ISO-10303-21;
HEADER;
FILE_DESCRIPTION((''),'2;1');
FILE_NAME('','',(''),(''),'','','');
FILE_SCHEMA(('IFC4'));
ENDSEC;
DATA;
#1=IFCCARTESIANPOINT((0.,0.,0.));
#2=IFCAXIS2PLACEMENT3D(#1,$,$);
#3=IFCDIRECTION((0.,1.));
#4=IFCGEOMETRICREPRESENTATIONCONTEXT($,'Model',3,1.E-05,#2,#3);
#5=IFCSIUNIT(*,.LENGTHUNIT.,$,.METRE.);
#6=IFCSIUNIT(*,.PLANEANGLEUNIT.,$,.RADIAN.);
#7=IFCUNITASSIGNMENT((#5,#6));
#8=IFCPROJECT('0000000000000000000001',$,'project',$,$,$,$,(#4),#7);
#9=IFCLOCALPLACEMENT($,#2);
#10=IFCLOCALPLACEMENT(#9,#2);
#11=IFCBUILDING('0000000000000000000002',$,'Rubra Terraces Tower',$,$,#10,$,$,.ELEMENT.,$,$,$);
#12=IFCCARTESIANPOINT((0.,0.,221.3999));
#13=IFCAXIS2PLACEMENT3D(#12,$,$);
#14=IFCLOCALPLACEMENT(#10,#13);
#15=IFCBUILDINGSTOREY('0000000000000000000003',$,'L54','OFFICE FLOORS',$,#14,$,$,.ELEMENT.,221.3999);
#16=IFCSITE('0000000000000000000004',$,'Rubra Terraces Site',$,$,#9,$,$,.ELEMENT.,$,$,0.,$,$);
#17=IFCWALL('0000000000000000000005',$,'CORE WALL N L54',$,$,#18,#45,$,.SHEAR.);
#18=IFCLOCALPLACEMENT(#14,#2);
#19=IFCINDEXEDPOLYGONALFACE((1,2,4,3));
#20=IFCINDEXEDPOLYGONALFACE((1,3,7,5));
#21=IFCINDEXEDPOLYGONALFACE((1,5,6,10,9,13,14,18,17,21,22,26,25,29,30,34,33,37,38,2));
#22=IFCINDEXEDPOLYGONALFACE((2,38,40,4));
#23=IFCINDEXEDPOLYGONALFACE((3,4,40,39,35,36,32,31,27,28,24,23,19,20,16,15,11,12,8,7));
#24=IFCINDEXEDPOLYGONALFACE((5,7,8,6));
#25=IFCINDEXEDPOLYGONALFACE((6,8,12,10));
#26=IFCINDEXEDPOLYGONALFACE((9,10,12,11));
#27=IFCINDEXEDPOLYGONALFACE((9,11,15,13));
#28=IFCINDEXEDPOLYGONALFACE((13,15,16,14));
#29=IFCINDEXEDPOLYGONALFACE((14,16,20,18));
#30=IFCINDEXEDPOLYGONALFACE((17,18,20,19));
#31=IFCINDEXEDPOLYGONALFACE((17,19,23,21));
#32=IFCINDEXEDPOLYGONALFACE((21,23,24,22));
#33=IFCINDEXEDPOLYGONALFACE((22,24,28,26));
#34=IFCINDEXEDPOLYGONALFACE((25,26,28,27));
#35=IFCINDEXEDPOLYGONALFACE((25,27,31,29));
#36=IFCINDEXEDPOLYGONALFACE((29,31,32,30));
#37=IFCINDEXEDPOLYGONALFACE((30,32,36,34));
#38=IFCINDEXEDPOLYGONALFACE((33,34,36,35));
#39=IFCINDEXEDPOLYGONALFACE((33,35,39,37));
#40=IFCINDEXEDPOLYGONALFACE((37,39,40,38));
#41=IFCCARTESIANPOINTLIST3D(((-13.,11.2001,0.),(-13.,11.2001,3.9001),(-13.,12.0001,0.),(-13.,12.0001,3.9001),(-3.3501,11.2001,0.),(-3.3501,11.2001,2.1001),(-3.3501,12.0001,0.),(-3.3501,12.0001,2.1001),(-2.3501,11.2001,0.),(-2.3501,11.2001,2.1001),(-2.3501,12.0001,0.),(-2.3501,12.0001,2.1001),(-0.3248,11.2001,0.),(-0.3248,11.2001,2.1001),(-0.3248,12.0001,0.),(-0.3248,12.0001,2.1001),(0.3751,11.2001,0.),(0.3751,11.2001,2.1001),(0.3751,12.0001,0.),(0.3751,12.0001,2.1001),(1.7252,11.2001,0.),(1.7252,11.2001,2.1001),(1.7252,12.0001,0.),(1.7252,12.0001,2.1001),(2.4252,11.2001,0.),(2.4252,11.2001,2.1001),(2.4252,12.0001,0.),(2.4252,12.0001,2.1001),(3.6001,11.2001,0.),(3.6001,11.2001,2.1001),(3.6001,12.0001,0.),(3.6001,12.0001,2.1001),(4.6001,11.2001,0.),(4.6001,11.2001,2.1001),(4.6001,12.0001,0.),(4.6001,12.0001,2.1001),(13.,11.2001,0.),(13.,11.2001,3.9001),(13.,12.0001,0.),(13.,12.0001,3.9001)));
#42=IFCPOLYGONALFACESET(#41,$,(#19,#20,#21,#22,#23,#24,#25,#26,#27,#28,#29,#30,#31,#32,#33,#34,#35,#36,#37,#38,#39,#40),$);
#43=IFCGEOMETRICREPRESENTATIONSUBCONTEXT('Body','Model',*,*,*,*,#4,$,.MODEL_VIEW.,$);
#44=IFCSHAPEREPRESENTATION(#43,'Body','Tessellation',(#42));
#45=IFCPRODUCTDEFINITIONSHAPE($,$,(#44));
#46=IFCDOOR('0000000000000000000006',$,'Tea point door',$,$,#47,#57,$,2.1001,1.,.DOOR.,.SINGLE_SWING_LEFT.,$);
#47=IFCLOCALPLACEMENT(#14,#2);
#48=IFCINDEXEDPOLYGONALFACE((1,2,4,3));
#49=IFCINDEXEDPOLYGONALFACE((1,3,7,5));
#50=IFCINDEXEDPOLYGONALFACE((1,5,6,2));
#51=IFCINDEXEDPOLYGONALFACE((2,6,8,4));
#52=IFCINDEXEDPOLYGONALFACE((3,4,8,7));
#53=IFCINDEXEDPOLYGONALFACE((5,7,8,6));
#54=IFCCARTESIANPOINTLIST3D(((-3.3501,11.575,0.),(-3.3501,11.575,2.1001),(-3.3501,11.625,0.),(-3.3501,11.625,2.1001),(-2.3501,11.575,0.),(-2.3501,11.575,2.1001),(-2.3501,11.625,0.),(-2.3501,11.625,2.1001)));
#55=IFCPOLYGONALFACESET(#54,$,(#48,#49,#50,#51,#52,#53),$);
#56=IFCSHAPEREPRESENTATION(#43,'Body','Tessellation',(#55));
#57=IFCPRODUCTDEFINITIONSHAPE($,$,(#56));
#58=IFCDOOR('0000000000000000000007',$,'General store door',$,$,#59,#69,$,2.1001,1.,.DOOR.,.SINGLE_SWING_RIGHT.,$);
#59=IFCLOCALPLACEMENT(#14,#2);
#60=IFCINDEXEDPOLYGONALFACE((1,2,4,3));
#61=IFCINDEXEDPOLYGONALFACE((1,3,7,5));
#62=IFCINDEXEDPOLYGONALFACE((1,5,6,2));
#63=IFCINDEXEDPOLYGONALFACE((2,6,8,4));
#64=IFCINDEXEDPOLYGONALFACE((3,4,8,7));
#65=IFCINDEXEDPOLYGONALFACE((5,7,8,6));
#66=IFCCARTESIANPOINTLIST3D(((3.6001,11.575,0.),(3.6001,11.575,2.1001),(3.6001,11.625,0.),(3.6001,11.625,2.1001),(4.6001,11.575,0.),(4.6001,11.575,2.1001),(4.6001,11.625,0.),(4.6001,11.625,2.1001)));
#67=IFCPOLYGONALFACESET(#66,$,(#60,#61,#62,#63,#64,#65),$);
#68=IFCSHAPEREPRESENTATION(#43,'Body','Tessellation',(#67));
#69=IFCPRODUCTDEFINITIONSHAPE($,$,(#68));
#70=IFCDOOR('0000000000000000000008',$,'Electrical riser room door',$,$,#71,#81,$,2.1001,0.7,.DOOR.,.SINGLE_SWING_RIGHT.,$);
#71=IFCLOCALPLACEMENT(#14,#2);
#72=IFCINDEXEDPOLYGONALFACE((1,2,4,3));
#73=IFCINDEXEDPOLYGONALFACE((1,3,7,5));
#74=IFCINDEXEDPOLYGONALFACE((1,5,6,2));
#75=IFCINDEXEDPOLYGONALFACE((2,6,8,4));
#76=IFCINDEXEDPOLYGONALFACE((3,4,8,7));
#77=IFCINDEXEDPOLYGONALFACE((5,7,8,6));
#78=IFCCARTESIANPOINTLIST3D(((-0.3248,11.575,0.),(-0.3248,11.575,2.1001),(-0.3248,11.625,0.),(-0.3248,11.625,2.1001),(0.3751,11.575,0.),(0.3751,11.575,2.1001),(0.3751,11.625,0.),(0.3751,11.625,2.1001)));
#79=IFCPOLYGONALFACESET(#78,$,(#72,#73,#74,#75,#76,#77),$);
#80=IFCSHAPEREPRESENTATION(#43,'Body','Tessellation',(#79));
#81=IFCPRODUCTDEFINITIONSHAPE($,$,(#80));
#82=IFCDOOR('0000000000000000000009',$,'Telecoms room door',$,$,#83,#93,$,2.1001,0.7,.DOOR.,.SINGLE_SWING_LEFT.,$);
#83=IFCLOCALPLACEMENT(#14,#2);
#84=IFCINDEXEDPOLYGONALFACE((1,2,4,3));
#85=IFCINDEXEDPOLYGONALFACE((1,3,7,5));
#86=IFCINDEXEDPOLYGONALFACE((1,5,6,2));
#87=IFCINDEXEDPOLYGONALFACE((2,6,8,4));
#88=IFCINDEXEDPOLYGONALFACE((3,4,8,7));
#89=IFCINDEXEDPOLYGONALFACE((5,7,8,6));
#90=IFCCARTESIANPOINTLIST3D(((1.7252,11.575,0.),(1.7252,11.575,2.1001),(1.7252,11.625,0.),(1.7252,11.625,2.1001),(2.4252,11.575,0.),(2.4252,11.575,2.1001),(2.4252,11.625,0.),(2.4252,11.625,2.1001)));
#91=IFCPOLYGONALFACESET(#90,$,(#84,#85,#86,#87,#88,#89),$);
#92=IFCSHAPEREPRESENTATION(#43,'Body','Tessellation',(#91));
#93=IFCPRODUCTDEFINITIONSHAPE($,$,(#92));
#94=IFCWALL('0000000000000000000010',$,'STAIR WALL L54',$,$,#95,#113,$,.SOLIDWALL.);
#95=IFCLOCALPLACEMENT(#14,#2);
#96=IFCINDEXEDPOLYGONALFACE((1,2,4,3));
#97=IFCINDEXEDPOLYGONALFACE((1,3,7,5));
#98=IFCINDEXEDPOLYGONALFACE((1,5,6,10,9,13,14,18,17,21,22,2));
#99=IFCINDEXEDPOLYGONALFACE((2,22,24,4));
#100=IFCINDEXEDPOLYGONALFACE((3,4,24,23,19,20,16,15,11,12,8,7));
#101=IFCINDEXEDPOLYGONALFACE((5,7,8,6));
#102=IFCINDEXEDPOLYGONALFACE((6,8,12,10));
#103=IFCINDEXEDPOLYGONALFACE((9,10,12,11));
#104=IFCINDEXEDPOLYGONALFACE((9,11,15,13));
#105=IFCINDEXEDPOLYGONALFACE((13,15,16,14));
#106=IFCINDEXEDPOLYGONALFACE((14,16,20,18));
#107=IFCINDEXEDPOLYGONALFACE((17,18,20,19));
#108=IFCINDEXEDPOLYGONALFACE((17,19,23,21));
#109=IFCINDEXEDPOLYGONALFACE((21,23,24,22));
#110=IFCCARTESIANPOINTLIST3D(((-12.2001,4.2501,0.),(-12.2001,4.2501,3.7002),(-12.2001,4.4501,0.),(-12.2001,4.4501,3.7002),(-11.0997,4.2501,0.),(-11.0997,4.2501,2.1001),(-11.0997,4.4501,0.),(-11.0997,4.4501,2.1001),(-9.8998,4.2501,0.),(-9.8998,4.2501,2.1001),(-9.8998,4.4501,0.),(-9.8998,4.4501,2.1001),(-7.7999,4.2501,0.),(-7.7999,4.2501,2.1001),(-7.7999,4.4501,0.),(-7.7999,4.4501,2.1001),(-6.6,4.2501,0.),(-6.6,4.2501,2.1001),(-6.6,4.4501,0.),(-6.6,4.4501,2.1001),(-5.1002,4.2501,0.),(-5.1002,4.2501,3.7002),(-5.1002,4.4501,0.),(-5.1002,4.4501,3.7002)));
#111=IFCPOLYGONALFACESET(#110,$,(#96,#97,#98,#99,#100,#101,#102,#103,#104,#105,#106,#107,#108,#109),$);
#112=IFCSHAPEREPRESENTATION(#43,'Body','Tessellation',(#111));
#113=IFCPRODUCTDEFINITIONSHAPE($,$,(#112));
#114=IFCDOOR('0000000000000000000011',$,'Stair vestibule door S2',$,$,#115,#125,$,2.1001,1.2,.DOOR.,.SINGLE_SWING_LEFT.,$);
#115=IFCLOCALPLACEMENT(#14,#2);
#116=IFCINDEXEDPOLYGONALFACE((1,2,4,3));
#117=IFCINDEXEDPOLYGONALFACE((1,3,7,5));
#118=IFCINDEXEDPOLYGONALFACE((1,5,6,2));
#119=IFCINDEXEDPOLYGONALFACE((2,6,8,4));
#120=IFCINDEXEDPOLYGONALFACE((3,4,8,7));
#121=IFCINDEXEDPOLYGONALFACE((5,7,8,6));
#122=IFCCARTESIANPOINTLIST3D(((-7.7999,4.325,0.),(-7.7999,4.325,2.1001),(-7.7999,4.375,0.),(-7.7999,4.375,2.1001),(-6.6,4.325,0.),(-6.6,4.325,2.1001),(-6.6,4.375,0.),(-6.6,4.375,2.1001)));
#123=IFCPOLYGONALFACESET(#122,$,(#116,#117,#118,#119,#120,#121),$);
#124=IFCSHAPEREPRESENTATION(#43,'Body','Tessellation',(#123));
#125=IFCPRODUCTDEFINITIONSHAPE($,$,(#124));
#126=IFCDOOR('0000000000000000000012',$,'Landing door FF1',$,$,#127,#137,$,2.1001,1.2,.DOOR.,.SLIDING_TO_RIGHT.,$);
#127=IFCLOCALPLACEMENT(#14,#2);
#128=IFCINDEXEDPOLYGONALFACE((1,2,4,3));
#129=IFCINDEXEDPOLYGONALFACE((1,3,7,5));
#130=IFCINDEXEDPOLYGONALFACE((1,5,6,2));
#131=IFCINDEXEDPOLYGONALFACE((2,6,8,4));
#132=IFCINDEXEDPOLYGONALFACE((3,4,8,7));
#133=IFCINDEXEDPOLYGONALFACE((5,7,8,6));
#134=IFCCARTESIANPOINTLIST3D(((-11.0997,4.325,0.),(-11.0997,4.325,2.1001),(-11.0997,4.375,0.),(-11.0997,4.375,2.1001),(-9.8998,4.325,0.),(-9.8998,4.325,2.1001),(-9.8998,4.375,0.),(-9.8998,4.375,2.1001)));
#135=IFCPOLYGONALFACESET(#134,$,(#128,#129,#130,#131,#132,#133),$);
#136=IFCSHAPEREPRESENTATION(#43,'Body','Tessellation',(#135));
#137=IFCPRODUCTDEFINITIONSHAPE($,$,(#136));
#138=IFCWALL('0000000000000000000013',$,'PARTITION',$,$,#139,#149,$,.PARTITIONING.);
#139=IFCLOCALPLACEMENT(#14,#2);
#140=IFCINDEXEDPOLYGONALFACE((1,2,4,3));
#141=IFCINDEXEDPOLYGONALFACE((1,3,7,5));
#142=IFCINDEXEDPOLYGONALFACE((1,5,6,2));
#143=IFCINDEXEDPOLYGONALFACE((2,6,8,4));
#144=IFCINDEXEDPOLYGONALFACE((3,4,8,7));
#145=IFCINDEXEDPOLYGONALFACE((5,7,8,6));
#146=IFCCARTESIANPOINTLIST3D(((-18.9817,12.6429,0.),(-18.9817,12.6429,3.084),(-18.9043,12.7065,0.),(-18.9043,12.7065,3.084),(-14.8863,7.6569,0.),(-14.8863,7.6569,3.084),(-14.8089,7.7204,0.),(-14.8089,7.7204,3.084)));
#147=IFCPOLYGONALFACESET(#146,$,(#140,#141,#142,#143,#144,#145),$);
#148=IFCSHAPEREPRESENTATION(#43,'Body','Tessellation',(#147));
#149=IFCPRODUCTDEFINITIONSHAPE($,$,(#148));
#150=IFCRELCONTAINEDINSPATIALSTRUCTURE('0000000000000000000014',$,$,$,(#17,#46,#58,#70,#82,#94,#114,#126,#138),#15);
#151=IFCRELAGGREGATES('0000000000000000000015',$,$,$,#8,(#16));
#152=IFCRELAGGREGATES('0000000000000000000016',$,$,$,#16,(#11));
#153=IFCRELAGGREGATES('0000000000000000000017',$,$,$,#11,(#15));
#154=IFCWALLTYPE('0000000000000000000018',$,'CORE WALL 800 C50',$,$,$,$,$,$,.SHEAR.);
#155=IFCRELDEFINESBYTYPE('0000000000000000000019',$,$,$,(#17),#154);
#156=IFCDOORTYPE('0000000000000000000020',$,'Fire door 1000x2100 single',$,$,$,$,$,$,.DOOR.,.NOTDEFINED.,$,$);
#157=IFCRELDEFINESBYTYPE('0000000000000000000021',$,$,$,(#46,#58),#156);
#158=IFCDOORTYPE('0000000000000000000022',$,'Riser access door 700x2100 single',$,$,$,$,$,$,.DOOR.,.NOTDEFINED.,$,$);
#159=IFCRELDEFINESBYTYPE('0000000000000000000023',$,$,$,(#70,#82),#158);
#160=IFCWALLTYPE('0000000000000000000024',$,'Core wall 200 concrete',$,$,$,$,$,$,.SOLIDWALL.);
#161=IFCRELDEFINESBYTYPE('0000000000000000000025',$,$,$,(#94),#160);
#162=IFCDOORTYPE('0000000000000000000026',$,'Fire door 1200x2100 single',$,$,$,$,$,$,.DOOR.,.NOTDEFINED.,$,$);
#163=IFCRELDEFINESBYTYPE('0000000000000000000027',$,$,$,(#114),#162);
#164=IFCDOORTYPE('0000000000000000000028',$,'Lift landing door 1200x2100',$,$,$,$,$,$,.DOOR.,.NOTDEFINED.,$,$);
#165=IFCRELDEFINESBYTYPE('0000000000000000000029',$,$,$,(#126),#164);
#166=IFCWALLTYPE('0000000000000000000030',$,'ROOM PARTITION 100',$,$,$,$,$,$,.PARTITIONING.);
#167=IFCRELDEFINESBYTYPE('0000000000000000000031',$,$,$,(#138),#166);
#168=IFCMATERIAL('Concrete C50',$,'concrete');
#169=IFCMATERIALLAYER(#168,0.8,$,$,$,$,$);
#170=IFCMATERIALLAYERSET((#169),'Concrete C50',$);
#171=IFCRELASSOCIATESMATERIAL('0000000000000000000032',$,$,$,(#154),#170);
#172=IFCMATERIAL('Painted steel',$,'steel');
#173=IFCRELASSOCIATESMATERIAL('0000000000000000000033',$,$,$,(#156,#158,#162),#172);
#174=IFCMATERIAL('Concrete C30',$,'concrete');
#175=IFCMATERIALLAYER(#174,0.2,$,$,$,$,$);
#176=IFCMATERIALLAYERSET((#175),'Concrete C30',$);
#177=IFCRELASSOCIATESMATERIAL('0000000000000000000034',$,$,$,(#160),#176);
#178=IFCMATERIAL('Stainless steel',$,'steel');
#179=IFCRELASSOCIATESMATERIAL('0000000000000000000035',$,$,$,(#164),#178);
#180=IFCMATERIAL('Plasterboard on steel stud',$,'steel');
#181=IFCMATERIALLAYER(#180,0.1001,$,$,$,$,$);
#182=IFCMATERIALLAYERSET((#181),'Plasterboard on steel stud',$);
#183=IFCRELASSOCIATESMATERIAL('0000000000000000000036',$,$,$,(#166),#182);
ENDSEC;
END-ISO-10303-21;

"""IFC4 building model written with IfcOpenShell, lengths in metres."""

from ifc_helpers import new_model, si_unit, direction, frame, frame_2d, origin, place, context, subcontext, project, spatial, rectangle, extrude, material, layer, layer_set, type_object, element, fill, save


model = new_model("IFC4")

# Units and contexts
model_context = context("Model", 3, precision=1e-05, world=origin(), true_north=direction((0.0, 1.0)))
body_context = subcontext(model_context, "Body", "Model", "MODEL_VIEW")
ifc_project = project(units=[si_unit("LENGTHUNIT", "METRE"), si_unit("PLANEANGLEUNIT", "RADIAN")], contexts=[model_context])

# Site, building, storey
site_placement = place(None, origin())
site = spatial("IfcSite", under=ifc_project, at=site_placement, Name="Rubra Terraces Site", CompositionType="ELEMENT", RefElevation=0.0)
building_placement = place(site_placement, origin())
building = spatial("IfcBuilding", under=site, at=building_placement, Name="Rubra Terraces Tower", CompositionType="ELEMENT")
storey_placement = place(building_placement, frame((0.0, 0.0, 221.3999)))
storey = spatial("IfcBuildingStorey", under=building, at=storey_placement, Name="L54", Description="OFFICE FLOORS", CompositionType="ELEMENT", Elevation=221.3999)

# Shared definitions
ifc_material_1 = material(Name="Concrete C50", Category="concrete")

# Walls, openings, doors
ifc_layer_1 = layer(ifc_material_1, 0.8)
ifc_layer_set_1 = layer_set([ifc_layer_1], Name="Concrete C50")
wall_type_1 = type_object("IfcWallType", Name="CORE WALL 800 C50", PredefinedType="SHEAR", material=ifc_layer_set_1)
wall_1_placement = place(storey_placement, frame((-13.0, 11.6001, 0.0), z_axis=(0.0, 0.0, 1.0), x_axis=(1.0, 0.0, 0.0)))
wall_1 = element("IfcWall", 1, at=wall_1_placement, inside=storey, type_object=wall_type_1, Name="CORE WALL N L54", PredefinedType="SHEAR", context=body_context, shape_type="SweptSolid", body=[
    extrude(rectangle(XDim=26.0, YDim=0.8, at=frame_2d((13.0, 0.0))), origin(), (0.0, 0.0, 1.0), 3.9001),
])
opening_1_placement = place(wall_1_placement, frame((9.6499, 0.0, 0.0)))
opening_1 = element("IfcOpeningElement", 2, at=opening_1_placement, cuts=wall_1, PredefinedType="OPENING", context=body_context, shape_type="SweptSolid", body=[
    extrude(rectangle(XDim=1.0, YDim=2.1001, at=frame_2d((0.5, 1.05))), frame((0.0, 0.4099, 0.0), z_axis=(0.0, -1.0, 0.0), x_axis=(1.0, 0.0, 0.0)), (0.0, 0.0, 1.0), 0.8201),
])
opening_2_placement = place(wall_1_placement, frame((12.675, 0.0, 0.0)))
opening_2 = element("IfcOpeningElement", 3, at=opening_2_placement, cuts=wall_1, PredefinedType="OPENING", context=body_context, shape_type="SweptSolid", body=[
    extrude(rectangle(XDim=0.7, YDim=2.1001, at=frame_2d((0.3501, 1.05))), frame((0.0, 0.4099, 0.0), z_axis=(0.0, -1.0, 0.0), x_axis=(1.0, 0.0, 0.0)), (0.0, 0.0, 1.0), 0.8201),
])
opening_3_placement = place(wall_1_placement, frame((14.7251, 0.0, 0.0)))
opening_3 = element("IfcOpeningElement", 4, at=opening_3_placement, cuts=wall_1, PredefinedType="OPENING", context=body_context, shape_type="SweptSolid", body=[
    extrude(rectangle(XDim=0.7, YDim=2.1001, at=frame_2d((0.3501, 1.05))), frame((0.0, 0.4099, 0.0), z_axis=(0.0, -1.0, 0.0), x_axis=(1.0, 0.0, 0.0)), (0.0, 0.0, 1.0), 0.8201),
])
opening_4_placement = place(wall_1_placement, frame((16.6001, 0.0, 0.0)))
opening_4 = element("IfcOpeningElement", 5, at=opening_4_placement, cuts=wall_1, PredefinedType="OPENING", context=body_context, shape_type="SweptSolid", body=[
    extrude(rectangle(XDim=1.0, YDim=2.1001, at=frame_2d((0.5, 1.05))), frame((0.0, 0.4099, 0.0), z_axis=(0.0, -1.0, 0.0), x_axis=(1.0, 0.0, 0.0)), (0.0, 0.0, 1.0), 0.8201),
])
ifc_material_2 = material(Name="Painted steel", Category="steel")
door_type_1 = type_object("IfcDoorType", Name="Fire door 1000x2100 single", OperationType="NOTDEFINED", PredefinedType="DOOR", material=ifc_material_2)
door_1_placement = place(opening_1_placement, origin())
door_1 = element("IfcDoor", 6, at=door_1_placement, inside=storey, type_object=door_type_1, Name="Tea point door", OperationType="SINGLE_SWING_LEFT", OverallHeight=2.1001, OverallWidth=1.0, PredefinedType="DOOR", context=body_context, shape_type="SweptSolid", body=[
    extrude(rectangle(XDim=1.0, YDim=2.1001, at=frame_2d((0.5, 1.05))), frame((0.0, 0.0249, 0.0), z_axis=(0.0, -1.0, 0.0), x_axis=(1.0, 0.0, 0.0)), (0.0, 0.0, 1.0), 0.05),
])
fill(opening_1, door_1)
door_2_placement = place(opening_4_placement, origin())
door_2 = element("IfcDoor", 7, at=door_2_placement, inside=storey, type_object=door_type_1, Name="General store door", OperationType="SINGLE_SWING_RIGHT", OverallHeight=2.1001, OverallWidth=1.0, PredefinedType="DOOR", context=body_context, shape_type="SweptSolid", body=[
    extrude(rectangle(XDim=1.0, YDim=2.1001, at=frame_2d((0.5, 1.05))), frame((0.0, 0.0249, 0.0), z_axis=(0.0, -1.0, 0.0), x_axis=(1.0, 0.0, 0.0)), (0.0, 0.0, 1.0), 0.05),
])
fill(opening_4, door_2)
door_type_2 = type_object("IfcDoorType", Name="Riser access door 700x2100 single", OperationType="NOTDEFINED", PredefinedType="DOOR", material=ifc_material_2)
door_3_placement = place(opening_2_placement, origin())
door_3 = element("IfcDoor", 8, at=door_3_placement, inside=storey, type_object=door_type_2, Name="Electrical riser room door", OperationType="SINGLE_SWING_RIGHT", OverallHeight=2.1001, OverallWidth=0.7, PredefinedType="DOOR", context=body_context, shape_type="SweptSolid", body=[
    extrude(rectangle(XDim=0.7, YDim=2.1001, at=frame_2d((0.3501, 1.05))), frame((0.0, 0.0249, 0.0), z_axis=(0.0, -1.0, 0.0), x_axis=(1.0, 0.0, 0.0)), (0.0, 0.0, 1.0), 0.05),
])
fill(opening_2, door_3)
door_4_placement = place(opening_3_placement, origin())
door_4 = element("IfcDoor", 9, at=door_4_placement, inside=storey, type_object=door_type_2, Name="Telecoms room door", OperationType="SINGLE_SWING_LEFT", OverallHeight=2.1001, OverallWidth=0.7, PredefinedType="DOOR", context=body_context, shape_type="SweptSolid", body=[
    extrude(rectangle(XDim=0.7, YDim=2.1001, at=frame_2d((0.3501, 1.05))), frame((0.0, 0.0249, 0.0), z_axis=(0.0, -1.0, 0.0), x_axis=(1.0, 0.0, 0.0)), (0.0, 0.0, 1.0), 0.05),
])
fill(opening_3, door_4)
ifc_material_3 = material(Name="Concrete C30", Category="concrete")
ifc_layer_2 = layer(ifc_material_3, 0.2)
ifc_layer_set_2 = layer_set([ifc_layer_2], Name="Concrete C30")
wall_type_2 = type_object("IfcWallType", Name="Core wall 200 concrete", PredefinedType="SOLIDWALL", material=ifc_layer_set_2)
wall_2_placement = place(storey_placement, frame((-12.2, 4.3501, 0.0), z_axis=(0.0, 0.0, 1.0), x_axis=(1.0, 0.0, 0.0)))
wall_2 = element("IfcWall", 10, at=wall_2_placement, inside=storey, type_object=wall_type_2, Name="STAIR WALL L54", PredefinedType="SOLIDWALL", context=body_context, shape_type="SweptSolid", body=[
    extrude(rectangle(XDim=7.0999, YDim=0.2, at=frame_2d((3.5498, 0.0))), origin(), (0.0, 0.0, 1.0), 3.7002),
])
opening_5_placement = place(wall_2_placement, frame((4.3999, 0.0, 0.0)))
opening_5 = element("IfcOpeningElement", 11, at=opening_5_placement, cuts=wall_2, PredefinedType="OPENING", context=body_context, shape_type="SweptSolid", body=[
    extrude(rectangle(XDim=1.2, YDim=2.1001, at=frame_2d((0.6001, 1.05))), frame((0.0, 0.1099, 0.0), z_axis=(0.0, -1.0, 0.0), x_axis=(1.0, 0.0, 0.0)), (0.0, 0.0, 1.0), 0.22),
])
opening_6_placement = place(wall_2_placement, frame((1.1001, 0.0, 0.0)))
opening_6 = element("IfcOpeningElement", 12, at=opening_6_placement, cuts=wall_2, PredefinedType="OPENING", context=body_context, shape_type="SweptSolid", body=[
    extrude(rectangle(XDim=1.2, YDim=2.1001, at=frame_2d((0.6001, 1.05))), frame((0.0, 0.1099, 0.0), z_axis=(0.0, -1.0, 0.0), x_axis=(1.0, 0.0, 0.0)), (0.0, 0.0, 1.0), 0.22),
])
door_type_3 = type_object("IfcDoorType", Name="Fire door 1200x2100 single", OperationType="NOTDEFINED", PredefinedType="DOOR", material=ifc_material_2)
door_5_placement = place(opening_5_placement, origin())
door_5 = element("IfcDoor", 13, at=door_5_placement, inside=storey, type_object=door_type_3, Name="Stair vestibule door S2", OperationType="SINGLE_SWING_LEFT", OverallHeight=2.1001, OverallWidth=1.2, PredefinedType="DOOR", context=body_context, shape_type="SweptSolid", body=[
    extrude(rectangle(XDim=1.2, YDim=2.1001, at=frame_2d((0.6001, 1.05))), frame((0.0, 0.0249, 0.0), z_axis=(0.0, -1.0, 0.0), x_axis=(1.0, 0.0, 0.0)), (0.0, 0.0, 1.0), 0.05),
])
fill(opening_5, door_5)
ifc_material_4 = material(Name="Stainless steel", Category="steel")
door_type_4 = type_object("IfcDoorType", Name="Lift landing door 1200x2100", OperationType="NOTDEFINED", PredefinedType="DOOR", material=ifc_material_4)
door_6_placement = place(opening_6_placement, origin())
door_6 = element("IfcDoor", 14, at=door_6_placement, inside=storey, type_object=door_type_4, Name="Landing door FF1", OperationType="SLIDING_TO_RIGHT", OverallHeight=2.1001, OverallWidth=1.2, PredefinedType="DOOR", context=body_context, shape_type="SweptSolid", body=[
    extrude(rectangle(XDim=1.2, YDim=2.1001, at=frame_2d((0.6001, 1.05))), frame((0.0, 0.0249, 0.0), z_axis=(0.0, -1.0, 0.0), x_axis=(1.0, 0.0, 0.0)), (0.0, 0.0, 1.0), 0.05),
])
fill(opening_6, door_6)

# Wall
ifc_material_5 = material(Name="Plasterboard on steel stud", Category="steel")
ifc_layer_3 = layer(ifc_material_5, 0.1001)
ifc_layer_set_3 = layer_set([ifc_layer_3], Name="Plasterboard on steel stud")
wall_type_3 = type_object("IfcWallType", Name="ROOM PARTITION 100", PredefinedType="PARTITIONING", material=ifc_layer_set_3)
wall_3_placement = place(storey_placement, frame((-14.8477, 7.6887, 0.0), z_axis=(0.0, 0.0, 1.0), x_axis=(-0.634716, 0.772745, 0.0)))
element("IfcWall", 15, at=wall_3_placement, inside=storey, type_object=wall_type_3, Name="PARTITION", PredefinedType="PARTITIONING", context=body_context, shape_type="SweptSolid", body=[
    extrude(rectangle(XDim=6.4524, YDim=0.1001, at=frame_2d((3.2261, 0.0))), origin(), (0.0, 0.0, 1.0), 3.084),
])

save(model, "model.ifc")
